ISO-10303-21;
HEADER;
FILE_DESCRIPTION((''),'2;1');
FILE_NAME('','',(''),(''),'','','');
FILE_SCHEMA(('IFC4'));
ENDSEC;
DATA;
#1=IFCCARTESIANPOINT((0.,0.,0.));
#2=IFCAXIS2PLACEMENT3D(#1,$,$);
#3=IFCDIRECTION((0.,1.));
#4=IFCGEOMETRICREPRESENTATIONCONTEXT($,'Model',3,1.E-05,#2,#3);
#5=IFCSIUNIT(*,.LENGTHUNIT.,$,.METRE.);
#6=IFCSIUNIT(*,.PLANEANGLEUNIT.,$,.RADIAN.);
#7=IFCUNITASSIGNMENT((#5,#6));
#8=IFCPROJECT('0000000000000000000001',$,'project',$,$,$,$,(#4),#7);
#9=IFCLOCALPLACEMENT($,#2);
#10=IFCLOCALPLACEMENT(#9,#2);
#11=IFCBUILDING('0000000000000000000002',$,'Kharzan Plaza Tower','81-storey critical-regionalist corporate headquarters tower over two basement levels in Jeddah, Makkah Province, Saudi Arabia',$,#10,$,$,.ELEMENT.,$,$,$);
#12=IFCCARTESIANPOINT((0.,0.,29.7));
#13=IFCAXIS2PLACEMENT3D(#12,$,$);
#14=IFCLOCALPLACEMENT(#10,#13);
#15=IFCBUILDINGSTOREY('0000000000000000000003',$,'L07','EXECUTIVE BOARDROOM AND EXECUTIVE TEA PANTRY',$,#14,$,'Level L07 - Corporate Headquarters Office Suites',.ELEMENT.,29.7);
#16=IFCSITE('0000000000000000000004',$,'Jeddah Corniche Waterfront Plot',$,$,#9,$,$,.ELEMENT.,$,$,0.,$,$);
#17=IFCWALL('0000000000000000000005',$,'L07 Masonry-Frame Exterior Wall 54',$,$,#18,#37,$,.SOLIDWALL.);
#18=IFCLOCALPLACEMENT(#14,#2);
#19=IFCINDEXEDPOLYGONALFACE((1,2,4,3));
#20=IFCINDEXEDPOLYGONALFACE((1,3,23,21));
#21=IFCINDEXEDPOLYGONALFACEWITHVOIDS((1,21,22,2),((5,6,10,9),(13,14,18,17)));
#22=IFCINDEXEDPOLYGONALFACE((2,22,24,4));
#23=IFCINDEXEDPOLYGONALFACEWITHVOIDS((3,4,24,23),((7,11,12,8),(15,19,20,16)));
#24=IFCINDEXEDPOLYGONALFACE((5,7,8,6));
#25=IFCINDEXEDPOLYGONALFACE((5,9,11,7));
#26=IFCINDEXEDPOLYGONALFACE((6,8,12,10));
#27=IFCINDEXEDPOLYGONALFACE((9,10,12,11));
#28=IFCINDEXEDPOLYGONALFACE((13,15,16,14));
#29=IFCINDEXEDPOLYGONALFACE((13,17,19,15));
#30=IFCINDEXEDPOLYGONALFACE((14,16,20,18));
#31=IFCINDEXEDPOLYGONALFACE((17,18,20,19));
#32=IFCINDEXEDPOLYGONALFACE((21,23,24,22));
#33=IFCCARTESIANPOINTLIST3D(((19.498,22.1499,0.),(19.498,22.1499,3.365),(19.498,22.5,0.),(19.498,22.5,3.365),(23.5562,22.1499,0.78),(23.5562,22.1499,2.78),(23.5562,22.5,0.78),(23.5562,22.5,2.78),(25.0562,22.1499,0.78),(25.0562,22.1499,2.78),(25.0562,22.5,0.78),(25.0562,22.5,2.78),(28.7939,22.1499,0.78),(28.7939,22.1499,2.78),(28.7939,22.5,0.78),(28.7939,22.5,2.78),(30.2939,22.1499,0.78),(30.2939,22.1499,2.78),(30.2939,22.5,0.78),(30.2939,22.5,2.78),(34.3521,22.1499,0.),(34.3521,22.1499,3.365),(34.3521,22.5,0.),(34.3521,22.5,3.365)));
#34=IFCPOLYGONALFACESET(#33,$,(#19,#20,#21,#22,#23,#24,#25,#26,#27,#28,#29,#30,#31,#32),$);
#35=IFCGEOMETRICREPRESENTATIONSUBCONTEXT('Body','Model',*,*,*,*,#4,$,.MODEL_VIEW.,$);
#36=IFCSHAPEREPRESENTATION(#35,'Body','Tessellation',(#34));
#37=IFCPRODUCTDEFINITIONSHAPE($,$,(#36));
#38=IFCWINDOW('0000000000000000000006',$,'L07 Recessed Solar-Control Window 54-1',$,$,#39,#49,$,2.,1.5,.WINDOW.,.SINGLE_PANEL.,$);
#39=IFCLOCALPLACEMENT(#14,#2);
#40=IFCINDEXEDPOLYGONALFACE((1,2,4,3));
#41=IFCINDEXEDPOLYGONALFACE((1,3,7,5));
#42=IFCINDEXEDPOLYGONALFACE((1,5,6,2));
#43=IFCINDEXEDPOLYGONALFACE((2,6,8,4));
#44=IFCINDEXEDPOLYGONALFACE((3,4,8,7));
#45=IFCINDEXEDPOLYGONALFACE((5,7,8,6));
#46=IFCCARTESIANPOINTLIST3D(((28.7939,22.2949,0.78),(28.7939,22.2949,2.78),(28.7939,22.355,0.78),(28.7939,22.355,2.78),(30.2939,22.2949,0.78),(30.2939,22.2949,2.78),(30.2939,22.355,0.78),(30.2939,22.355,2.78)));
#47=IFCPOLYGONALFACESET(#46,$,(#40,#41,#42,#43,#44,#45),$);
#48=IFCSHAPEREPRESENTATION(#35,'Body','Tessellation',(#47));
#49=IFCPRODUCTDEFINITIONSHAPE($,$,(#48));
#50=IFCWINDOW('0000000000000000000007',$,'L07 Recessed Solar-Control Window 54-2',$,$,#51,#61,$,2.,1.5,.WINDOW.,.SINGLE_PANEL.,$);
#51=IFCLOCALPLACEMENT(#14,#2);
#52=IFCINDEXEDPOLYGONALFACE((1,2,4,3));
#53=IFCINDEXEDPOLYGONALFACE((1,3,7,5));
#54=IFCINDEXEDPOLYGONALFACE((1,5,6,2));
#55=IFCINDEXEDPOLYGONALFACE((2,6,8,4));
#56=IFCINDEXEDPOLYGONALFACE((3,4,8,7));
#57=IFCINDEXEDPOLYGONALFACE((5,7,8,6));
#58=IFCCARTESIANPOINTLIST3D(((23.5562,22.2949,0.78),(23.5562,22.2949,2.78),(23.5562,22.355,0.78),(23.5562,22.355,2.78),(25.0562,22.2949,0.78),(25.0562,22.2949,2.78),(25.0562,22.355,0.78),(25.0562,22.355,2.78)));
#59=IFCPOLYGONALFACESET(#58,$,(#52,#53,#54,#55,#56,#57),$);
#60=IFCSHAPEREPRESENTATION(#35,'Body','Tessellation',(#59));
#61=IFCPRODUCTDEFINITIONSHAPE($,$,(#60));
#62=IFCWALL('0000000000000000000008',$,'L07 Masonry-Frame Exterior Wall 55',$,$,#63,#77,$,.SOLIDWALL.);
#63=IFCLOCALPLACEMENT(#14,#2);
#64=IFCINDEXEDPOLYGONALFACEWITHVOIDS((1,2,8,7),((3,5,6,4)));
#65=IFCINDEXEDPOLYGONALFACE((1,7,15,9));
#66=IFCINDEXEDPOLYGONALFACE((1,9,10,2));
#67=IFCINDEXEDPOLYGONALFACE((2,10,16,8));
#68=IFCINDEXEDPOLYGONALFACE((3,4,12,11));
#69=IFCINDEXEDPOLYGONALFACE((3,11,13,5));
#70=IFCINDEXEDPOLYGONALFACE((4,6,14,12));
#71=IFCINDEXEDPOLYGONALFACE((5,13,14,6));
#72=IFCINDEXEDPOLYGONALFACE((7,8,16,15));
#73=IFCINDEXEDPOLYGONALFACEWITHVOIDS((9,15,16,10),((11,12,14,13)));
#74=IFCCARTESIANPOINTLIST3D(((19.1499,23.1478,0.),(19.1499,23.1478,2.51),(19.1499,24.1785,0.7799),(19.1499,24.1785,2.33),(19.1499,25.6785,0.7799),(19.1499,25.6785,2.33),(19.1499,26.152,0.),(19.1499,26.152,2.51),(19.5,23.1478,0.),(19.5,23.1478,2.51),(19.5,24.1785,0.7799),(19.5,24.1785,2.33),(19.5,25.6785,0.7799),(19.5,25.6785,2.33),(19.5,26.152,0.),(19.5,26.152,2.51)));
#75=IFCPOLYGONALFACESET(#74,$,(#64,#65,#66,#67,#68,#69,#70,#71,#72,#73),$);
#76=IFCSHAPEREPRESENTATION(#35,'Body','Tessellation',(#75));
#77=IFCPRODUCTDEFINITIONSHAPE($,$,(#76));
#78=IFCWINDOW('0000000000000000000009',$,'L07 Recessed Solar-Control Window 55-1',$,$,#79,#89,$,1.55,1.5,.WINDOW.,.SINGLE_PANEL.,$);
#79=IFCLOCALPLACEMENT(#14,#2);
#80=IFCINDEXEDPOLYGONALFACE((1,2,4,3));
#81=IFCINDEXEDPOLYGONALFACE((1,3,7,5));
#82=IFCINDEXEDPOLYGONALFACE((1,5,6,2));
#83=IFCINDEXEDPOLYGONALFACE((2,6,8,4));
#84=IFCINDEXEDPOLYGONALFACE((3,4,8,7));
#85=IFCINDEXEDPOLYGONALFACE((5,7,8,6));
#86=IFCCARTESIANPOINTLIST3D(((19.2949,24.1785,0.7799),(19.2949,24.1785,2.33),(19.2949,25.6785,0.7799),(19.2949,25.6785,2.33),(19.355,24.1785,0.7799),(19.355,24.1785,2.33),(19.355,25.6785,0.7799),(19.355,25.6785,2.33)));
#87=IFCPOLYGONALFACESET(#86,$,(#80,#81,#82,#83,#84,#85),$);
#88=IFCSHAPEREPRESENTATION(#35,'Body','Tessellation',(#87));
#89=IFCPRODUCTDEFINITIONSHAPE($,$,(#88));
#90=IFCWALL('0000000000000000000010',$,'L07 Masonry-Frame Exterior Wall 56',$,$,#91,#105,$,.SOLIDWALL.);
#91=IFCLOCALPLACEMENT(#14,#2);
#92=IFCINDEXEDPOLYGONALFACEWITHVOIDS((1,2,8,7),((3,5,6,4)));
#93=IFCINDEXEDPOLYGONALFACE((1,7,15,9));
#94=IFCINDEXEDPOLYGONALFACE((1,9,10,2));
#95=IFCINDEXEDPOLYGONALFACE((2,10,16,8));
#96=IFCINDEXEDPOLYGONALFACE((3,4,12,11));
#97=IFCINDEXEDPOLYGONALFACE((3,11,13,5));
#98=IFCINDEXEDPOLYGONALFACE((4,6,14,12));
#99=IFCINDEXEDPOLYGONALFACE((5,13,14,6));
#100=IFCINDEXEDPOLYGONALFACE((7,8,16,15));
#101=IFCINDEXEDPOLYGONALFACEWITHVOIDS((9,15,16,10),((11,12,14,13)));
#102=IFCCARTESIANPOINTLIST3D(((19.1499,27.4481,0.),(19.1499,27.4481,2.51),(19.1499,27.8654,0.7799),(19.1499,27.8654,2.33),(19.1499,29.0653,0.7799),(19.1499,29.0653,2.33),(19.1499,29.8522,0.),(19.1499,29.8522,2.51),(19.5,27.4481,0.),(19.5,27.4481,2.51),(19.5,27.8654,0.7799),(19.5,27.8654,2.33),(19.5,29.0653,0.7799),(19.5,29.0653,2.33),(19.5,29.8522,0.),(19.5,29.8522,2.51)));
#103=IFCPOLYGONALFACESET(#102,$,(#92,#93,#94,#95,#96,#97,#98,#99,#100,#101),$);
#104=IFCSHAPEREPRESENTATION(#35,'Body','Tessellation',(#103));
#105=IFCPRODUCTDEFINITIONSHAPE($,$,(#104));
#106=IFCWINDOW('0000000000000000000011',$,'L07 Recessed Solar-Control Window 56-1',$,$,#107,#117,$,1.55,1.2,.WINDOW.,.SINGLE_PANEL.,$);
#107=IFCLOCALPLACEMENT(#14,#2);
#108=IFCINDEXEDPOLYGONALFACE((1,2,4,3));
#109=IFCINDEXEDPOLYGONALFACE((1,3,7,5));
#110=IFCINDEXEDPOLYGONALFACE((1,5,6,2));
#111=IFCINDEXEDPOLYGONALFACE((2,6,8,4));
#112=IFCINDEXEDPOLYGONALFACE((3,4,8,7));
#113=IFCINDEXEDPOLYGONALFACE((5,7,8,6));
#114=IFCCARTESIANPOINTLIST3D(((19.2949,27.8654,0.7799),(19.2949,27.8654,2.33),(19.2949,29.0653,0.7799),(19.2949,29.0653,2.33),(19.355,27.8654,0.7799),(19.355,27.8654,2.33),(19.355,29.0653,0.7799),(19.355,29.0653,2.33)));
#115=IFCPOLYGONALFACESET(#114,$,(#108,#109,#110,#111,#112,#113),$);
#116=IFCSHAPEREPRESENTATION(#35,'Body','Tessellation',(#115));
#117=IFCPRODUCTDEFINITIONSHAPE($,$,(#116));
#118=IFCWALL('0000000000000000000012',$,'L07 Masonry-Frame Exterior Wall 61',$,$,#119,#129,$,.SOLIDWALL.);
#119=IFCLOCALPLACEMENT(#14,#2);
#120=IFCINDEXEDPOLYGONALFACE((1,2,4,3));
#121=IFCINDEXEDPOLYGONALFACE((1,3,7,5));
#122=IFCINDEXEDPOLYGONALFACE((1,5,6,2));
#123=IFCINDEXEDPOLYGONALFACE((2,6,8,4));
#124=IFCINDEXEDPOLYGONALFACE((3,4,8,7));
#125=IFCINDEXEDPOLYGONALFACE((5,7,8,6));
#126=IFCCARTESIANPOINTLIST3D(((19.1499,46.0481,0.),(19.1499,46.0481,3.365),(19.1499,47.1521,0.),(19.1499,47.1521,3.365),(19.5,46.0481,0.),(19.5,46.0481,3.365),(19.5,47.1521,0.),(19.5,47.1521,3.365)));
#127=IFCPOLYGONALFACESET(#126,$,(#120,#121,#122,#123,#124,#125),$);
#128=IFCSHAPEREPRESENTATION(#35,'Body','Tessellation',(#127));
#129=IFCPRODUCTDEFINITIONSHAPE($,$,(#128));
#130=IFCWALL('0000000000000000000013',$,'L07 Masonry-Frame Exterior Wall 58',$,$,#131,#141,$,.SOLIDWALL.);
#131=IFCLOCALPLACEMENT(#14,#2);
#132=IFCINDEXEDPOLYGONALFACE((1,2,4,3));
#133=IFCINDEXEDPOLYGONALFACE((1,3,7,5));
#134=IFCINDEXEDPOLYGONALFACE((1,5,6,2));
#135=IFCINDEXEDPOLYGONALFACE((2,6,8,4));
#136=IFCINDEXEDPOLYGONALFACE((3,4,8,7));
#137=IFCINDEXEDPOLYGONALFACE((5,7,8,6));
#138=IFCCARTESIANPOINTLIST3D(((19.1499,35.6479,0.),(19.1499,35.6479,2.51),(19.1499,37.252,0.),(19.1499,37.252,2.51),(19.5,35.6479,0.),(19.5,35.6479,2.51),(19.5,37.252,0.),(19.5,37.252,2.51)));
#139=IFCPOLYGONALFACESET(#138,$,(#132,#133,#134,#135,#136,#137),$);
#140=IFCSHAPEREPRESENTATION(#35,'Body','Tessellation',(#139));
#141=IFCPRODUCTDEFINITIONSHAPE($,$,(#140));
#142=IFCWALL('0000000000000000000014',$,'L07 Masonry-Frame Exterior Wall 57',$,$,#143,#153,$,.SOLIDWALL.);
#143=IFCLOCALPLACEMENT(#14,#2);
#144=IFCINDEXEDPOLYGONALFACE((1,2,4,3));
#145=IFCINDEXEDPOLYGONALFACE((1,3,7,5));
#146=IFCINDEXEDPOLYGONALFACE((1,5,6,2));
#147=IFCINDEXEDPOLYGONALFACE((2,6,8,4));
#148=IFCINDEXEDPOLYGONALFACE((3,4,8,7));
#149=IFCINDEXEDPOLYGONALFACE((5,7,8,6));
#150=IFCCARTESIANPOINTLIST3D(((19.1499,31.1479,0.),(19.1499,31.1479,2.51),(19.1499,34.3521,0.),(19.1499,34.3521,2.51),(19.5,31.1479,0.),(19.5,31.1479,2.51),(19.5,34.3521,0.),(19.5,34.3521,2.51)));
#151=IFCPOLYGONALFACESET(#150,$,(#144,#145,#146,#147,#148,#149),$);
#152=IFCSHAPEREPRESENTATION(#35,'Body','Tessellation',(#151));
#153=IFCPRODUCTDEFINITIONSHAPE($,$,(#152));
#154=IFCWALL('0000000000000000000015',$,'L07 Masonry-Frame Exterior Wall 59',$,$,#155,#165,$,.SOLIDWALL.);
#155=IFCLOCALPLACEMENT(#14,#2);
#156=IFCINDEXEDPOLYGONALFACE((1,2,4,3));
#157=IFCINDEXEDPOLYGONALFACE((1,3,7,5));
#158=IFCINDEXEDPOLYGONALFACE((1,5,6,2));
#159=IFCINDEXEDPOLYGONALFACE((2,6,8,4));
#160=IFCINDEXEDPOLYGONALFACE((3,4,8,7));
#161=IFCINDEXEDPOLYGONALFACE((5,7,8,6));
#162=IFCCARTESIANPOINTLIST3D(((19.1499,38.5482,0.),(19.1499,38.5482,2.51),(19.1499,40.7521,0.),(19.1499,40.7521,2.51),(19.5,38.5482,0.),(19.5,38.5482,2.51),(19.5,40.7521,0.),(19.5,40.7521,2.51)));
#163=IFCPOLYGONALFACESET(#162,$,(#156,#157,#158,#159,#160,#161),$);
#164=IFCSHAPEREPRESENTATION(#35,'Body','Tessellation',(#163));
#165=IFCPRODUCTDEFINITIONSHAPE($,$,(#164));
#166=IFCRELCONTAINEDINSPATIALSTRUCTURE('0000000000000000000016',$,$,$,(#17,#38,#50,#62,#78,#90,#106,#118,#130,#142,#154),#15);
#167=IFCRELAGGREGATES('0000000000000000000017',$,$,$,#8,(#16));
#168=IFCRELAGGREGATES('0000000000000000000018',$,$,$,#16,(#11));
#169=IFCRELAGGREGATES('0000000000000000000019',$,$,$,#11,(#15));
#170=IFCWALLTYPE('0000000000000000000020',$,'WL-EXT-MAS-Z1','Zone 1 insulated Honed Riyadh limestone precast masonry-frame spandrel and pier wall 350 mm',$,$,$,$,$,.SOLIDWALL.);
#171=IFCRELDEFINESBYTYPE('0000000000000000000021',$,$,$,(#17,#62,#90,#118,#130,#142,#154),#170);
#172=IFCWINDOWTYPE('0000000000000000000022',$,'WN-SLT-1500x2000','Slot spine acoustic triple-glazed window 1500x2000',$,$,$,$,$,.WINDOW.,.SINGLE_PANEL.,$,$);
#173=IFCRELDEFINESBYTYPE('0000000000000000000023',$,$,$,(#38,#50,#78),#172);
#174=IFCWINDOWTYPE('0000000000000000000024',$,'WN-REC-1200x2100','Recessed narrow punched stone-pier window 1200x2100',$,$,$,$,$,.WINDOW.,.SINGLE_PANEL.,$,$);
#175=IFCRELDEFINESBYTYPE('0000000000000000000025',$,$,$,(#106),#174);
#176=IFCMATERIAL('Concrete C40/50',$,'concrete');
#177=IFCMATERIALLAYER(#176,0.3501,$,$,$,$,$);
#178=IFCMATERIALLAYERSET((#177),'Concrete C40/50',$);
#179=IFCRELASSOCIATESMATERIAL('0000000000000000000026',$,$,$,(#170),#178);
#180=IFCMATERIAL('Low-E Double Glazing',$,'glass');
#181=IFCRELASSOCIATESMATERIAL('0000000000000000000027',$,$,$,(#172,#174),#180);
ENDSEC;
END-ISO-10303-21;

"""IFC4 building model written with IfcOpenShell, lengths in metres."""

from ifc_helpers import new_model, si_unit, direction, frame, frame_2d, origin, place, context, subcontext, project, spatial, rectangle, extrude, source, transform, mapped, material, layer, layer_set, type_object, element, fill, save


model = new_model("IFC4")

# Units and contexts
model_context = context("Model", 3, precision=1e-05, world=origin(), true_north=direction((0.0, 1.0)))
body_context = subcontext(model_context, "Body", "Model", "MODEL_VIEW")
ifc_project = project(units=[si_unit("LENGTHUNIT", "METRE"), si_unit("PLANEANGLEUNIT", "RADIAN")], contexts=[model_context])

# Site, building, storey
site_placement = place(None, origin())
site = spatial("IfcSite", under=ifc_project, at=site_placement, Name="Jeddah Corniche Waterfront Plot", CompositionType="ELEMENT", RefElevation=0.0)
building_placement = place(site_placement, origin())
building = spatial("IfcBuilding", under=site, at=building_placement, Name="Kharzan Plaza Tower", Description="81-storey critical-regionalist corporate headquarters tower over two basement levels in Jeddah, Makkah Province, Saudi Arabia", CompositionType="ELEMENT")
storey_placement = place(building_placement, frame((0.0, 0.0, 29.7)))
storey = spatial("IfcBuildingStorey", under=building, at=storey_placement, Name="L07", Description="EXECUTIVE BOARDROOM AND EXECUTIVE TEA PANTRY", LongName="Level L07 - Corporate Headquarters Office Suites", CompositionType="ELEMENT", Elevation=29.7)

# Shared definitions
ifc_material_1 = material(Name="Concrete C40/50", Category="concrete")
ifc_layer_1 = layer(ifc_material_1, 0.3501)
ifc_layer_set_1 = layer_set([ifc_layer_1], Name="Concrete C40/50")
wall_type_1 = type_object("IfcWallType", Name="WL-EXT-MAS-Z1", Description="Zone 1 insulated Honed Riyadh limestone precast masonry-frame spandrel and pier wall 350 mm", PredefinedType="SOLIDWALL", material=ifc_layer_set_1)
ifc_material_2 = material(Name="Low-E Double Glazing", Category="glass")

# Wall, openings, windows
wall_1_placement = place(storey_placement, frame((34.3521, 22.325, 0.0), z_axis=(0.0, 0.0, 1.0), x_axis=(-1.0, 0.0, 0.0)))
wall_1 = element("IfcWall", 1, at=wall_1_placement, inside=storey, type_object=wall_type_1, Name="L07 Masonry-Frame Exterior Wall 54", PredefinedType="SOLIDWALL", context=body_context, shape_type="SweptSolid", body=[
    extrude(rectangle(XDim=14.854, YDim=0.3501, at=frame_2d((7.427, 0.0))), origin(), (0.0, 0.0, 1.0), 3.365),
])
opening_1_placement = place(wall_1_placement, frame((4.0581, 0.0, 0.78)))
opening_1 = element("IfcOpeningElement", 2, at=opening_1_placement, cuts=wall_1, PredefinedType="OPENING", context=body_context, shape_type="SweptSolid", body=[
    extrude(rectangle(XDim=1.5, YDim=2.0, at=frame_2d((0.75, 1.0))), frame((0.0, 0.1851, 0.0), z_axis=(0.0, -1.0, 0.0), x_axis=(1.0, 0.0, 0.0)), (0.0, 0.0, 1.0), 0.3701),
])
opening_2_placement = place(wall_1_placement, frame((9.2959, 0.0, 0.78)))
opening_2 = element("IfcOpeningElement", 3, at=opening_2_placement, cuts=wall_1, PredefinedType="OPENING", context=body_context, shape_type="SweptSolid", body=[
    extrude(rectangle(XDim=1.5, YDim=2.0, at=frame_2d((0.75, 1.0))), frame((0.0, 0.1851, 0.0), z_axis=(0.0, -1.0, 0.0), x_axis=(1.0, 0.0, 0.0)), (0.0, 0.0, 1.0), 0.3701),
])
window_type_1 = type_object("IfcWindowType", Name="WN-SLT-1500x2000", Description="Slot spine acoustic triple-glazed window 1500x2000", PartitioningType="SINGLE_PANEL", PredefinedType="WINDOW", material=ifc_material_2)
shared_shape_1 = source(origin(), body_context, "Body", "SweptSolid", [
    extrude(rectangle(XDim=1.5, YDim=2.0, at=frame_2d((0.75, 1.0))), frame((0.0, 0.03, 0.0), z_axis=(0.0, -1.0, 0.0), x_axis=(1.0, 0.0, 0.0)), (0.0, 0.0, 1.0), 0.0601),
])
window_1_placement = place(opening_1_placement, origin())
window_1 = element("IfcWindow", 4, at=window_1_placement, inside=storey, type_object=window_type_1, Name="L07 Recessed Solar-Control Window 54-1", OverallHeight=2.0, OverallWidth=1.5, PartitioningType="SINGLE_PANEL", PredefinedType="WINDOW", context=body_context, shape_type="MappedRepresentation", body=[
    mapped(shared_shape_1, transform((0.0, 0.0, 0.0), x_axis=(1.0, 0.0, 0.0), y_axis=(0.0, 1.0, 0.0), z_axis=(0.0, 0.0, 1.0))),
])
fill(opening_1, window_1)
window_2_placement = place(opening_2_placement, origin())
window_2 = element("IfcWindow", 5, at=window_2_placement, inside=storey, type_object=window_type_1, Name="L07 Recessed Solar-Control Window 54-2", OverallHeight=2.0, OverallWidth=1.5, PartitioningType="SINGLE_PANEL", PredefinedType="WINDOW", context=body_context, shape_type="MappedRepresentation", body=[
    mapped(shared_shape_1, transform((0.0, 0.0, 0.0), x_axis=(1.0, 0.0, 0.0), y_axis=(0.0, 1.0, 0.0), z_axis=(0.0, 0.0, 1.0))),
])
fill(opening_2, window_2)

# Walls, openings, windows
wall_2_placement = place(storey_placement, frame((19.325, 23.1479, 0.0), z_axis=(0.0, 0.0, 1.0), x_axis=(0.0, 1.0, 0.0)))
wall_2 = element("IfcWall", 6, at=wall_2_placement, inside=storey, type_object=wall_type_1, Name="L07 Masonry-Frame Exterior Wall 55", PredefinedType="SOLIDWALL", context=body_context, shape_type="SweptSolid", body=[
    extrude(rectangle(XDim=3.0042, YDim=0.3501, at=frame_2d((1.502, 0.0))), origin(), (0.0, 0.0, 1.0), 2.51),
])
opening_3_placement = place(wall_2_placement, frame((1.0305, 0.0, 0.78)))
opening_3 = element("IfcOpeningElement", 7, at=opening_3_placement, cuts=wall_2, PredefinedType="OPENING", context=body_context, shape_type="SweptSolid", body=[
    extrude(rectangle(XDim=1.5, YDim=1.55, at=frame_2d((0.75, 0.7749))), frame((0.0, 0.1851, 0.0), z_axis=(0.0, -1.0, 0.0), x_axis=(1.0, 0.0, 0.0)), (0.0, 0.0, 1.0), 0.3701),
])
shared_shape_2 = source(origin(), body_context, "Body", "SweptSolid", [
    extrude(rectangle(XDim=1.5, YDim=1.55, at=frame_2d((0.75, 0.7749))), frame((0.0, 0.03, 0.0), z_axis=(0.0, -1.0, 0.0), x_axis=(1.0, 0.0, 0.0)), (0.0, 0.0, 1.0), 0.0601),
])
window_3_placement = place(opening_3_placement, origin())
window_3 = element("IfcWindow", 8, at=window_3_placement, inside=storey, type_object=window_type_1, Name="L07 Recessed Solar-Control Window 55-1", OverallHeight=1.55, OverallWidth=1.5, PartitioningType="SINGLE_PANEL", PredefinedType="WINDOW", context=body_context, shape_type="MappedRepresentation", body=[
    mapped(shared_shape_2, transform((0.0, 0.0, 0.0), x_axis=(1.0, 0.0, 0.0), y_axis=(0.0, 1.0, 0.0), z_axis=(0.0, 0.0, 1.0))),
])
fill(opening_3, window_3)
wall_3_placement = place(storey_placement, frame((19.325, 27.448, 0.0), z_axis=(0.0, 0.0, 1.0), x_axis=(0.0, 1.0, 0.0)))
wall_3 = element("IfcWall", 9, at=wall_3_placement, inside=storey, type_object=wall_type_1, Name="L07 Masonry-Frame Exterior Wall 56", PredefinedType="SOLIDWALL", context=body_context, shape_type="SweptSolid", body=[
    extrude(rectangle(XDim=2.4041, YDim=0.3501, at=frame_2d((1.2021, 0.0))), origin(), (0.0, 0.0, 1.0), 2.51),
])
opening_4_placement = place(wall_3_placement, frame((0.4172, 0.0, 0.78)))
opening_4 = element("IfcOpeningElement", 10, at=opening_4_placement, cuts=wall_3, PredefinedType="OPENING", context=body_context, shape_type="SweptSolid", body=[
    extrude(rectangle(XDim=1.2, YDim=1.55, at=frame_2d((0.6001, 0.7749))), frame((0.0, 0.1851, 0.0), z_axis=(0.0, -1.0, 0.0), x_axis=(1.0, 0.0, 0.0)), (0.0, 0.0, 1.0), 0.3701),
])
window_type_2 = type_object("IfcWindowType", Name="WN-REC-1200x2100", Description="Recessed narrow punched stone-pier window 1200x2100", PartitioningType="SINGLE_PANEL", PredefinedType="WINDOW", material=ifc_material_2)
shared_shape_3 = source(origin(), body_context, "Body", "SweptSolid", [
    extrude(rectangle(XDim=1.2, YDim=1.55, at=frame_2d((0.6001, 0.7749))), frame((0.0, 0.03, 0.0), z_axis=(0.0, -1.0, 0.0), x_axis=(1.0, 0.0, 0.0)), (0.0, 0.0, 1.0), 0.0601),
])
window_4_placement = place(opening_4_placement, origin())
window_4 = element("IfcWindow", 11, at=window_4_placement, inside=storey, type_object=window_type_2, Name="L07 Recessed Solar-Control Window 56-1", OverallHeight=1.55, OverallWidth=1.2, PartitioningType="SINGLE_PANEL", PredefinedType="WINDOW", context=body_context, shape_type="MappedRepresentation", body=[
    mapped(shared_shape_3, transform((0.0, 0.0, 0.0), x_axis=(1.0, 0.0, 0.0), y_axis=(0.0, 1.0, 0.0), z_axis=(0.0, 0.0, 1.0))),
])
fill(opening_4, window_4)

# Walls
shared_shape_4 = source(origin(), body_context, "Body", "SweptSolid", [
    extrude(rectangle(XDim=1.104, YDim=0.3501, at=frame_2d((0.552, 0.0))), origin(), (0.0, 0.0, 1.0), 3.365),
])
wall_4_placement = place(storey_placement, frame((19.325, 46.0481, 0.0), z_axis=(0.0, 0.0, 1.0), x_axis=(0.0, 1.0, 0.0)))
element("IfcWall", 12, at=wall_4_placement, inside=storey, type_object=wall_type_1, Name="L07 Masonry-Frame Exterior Wall 61", PredefinedType="SOLIDWALL", context=body_context, shape_type="MappedRepresentation", body=[
    mapped(shared_shape_4, transform((0.0, 0.0, 0.0), x_axis=(1.0, 0.0, 0.0), y_axis=(0.0, 1.0, 0.0), z_axis=(0.0, 0.0, 1.0))),
])
shared_shape_5 = source(origin(), body_context, "Body", "SweptSolid", [
    extrude(rectangle(XDim=1.604, YDim=0.3501, at=frame_2d((0.802, 0.0))), origin(), (0.0, 0.0, 1.0), 2.51),
])
wall_5_placement = place(storey_placement, frame((19.325, 35.6479, 0.0), z_axis=(0.0, 0.0, 1.0), x_axis=(0.0, 1.0, 0.0)))
element("IfcWall", 13, at=wall_5_placement, inside=storey, type_object=wall_type_1, Name="L07 Masonry-Frame Exterior Wall 58", PredefinedType="SOLIDWALL", context=body_context, shape_type="MappedRepresentation", body=[
    mapped(shared_shape_5, transform((0.0, 0.0, 0.0), x_axis=(1.0, 0.0, 0.0), y_axis=(0.0, 1.0, 0.0), z_axis=(0.0, 0.0, 1.0))),
])
shared_shape_6 = source(origin(), body_context, "Body", "SweptSolid", [
    extrude(rectangle(XDim=3.2041, YDim=0.3501, at=frame_2d((1.6021, 0.0))), origin(), (0.0, 0.0, 1.0), 2.51),
])
wall_6_placement = place(storey_placement, frame((19.325, 31.1479, 0.0), z_axis=(0.0, 0.0, 1.0), x_axis=(0.0, 1.0, 0.0)))
element("IfcWall", 14, at=wall_6_placement, inside=storey, type_object=wall_type_1, Name="L07 Masonry-Frame Exterior Wall 57", PredefinedType="SOLIDWALL", context=body_context, shape_type="MappedRepresentation", body=[
    mapped(shared_shape_6, transform((0.0, 0.0, 0.0), x_axis=(1.0, 0.0, 0.0), y_axis=(0.0, 1.0, 0.0), z_axis=(0.0, 0.0, 1.0))),
])
shared_shape_7 = source(origin(), body_context, "Body", "SweptSolid", [
    extrude(rectangle(XDim=2.2039, YDim=0.3501, at=frame_2d((1.1021, 0.0))), origin(), (0.0, 0.0, 1.0), 2.51),
])
wall_7_placement = place(storey_placement, frame((19.325, 38.5481, 0.0), z_axis=(0.0, 0.0, 1.0), x_axis=(0.0, 1.0, 0.0)))
element("IfcWall", 15, at=wall_7_placement, inside=storey, type_object=wall_type_1, Name="L07 Masonry-Frame Exterior Wall 59", PredefinedType="SOLIDWALL", context=body_context, shape_type="MappedRepresentation", body=[
    mapped(shared_shape_7, transform((0.0, 0.0, 0.0), x_axis=(1.0, 0.0, 0.0), y_axis=(0.0, 1.0, 0.0), z_axis=(0.0, 0.0, 1.0))),
])

save(model, "model.ifc")
